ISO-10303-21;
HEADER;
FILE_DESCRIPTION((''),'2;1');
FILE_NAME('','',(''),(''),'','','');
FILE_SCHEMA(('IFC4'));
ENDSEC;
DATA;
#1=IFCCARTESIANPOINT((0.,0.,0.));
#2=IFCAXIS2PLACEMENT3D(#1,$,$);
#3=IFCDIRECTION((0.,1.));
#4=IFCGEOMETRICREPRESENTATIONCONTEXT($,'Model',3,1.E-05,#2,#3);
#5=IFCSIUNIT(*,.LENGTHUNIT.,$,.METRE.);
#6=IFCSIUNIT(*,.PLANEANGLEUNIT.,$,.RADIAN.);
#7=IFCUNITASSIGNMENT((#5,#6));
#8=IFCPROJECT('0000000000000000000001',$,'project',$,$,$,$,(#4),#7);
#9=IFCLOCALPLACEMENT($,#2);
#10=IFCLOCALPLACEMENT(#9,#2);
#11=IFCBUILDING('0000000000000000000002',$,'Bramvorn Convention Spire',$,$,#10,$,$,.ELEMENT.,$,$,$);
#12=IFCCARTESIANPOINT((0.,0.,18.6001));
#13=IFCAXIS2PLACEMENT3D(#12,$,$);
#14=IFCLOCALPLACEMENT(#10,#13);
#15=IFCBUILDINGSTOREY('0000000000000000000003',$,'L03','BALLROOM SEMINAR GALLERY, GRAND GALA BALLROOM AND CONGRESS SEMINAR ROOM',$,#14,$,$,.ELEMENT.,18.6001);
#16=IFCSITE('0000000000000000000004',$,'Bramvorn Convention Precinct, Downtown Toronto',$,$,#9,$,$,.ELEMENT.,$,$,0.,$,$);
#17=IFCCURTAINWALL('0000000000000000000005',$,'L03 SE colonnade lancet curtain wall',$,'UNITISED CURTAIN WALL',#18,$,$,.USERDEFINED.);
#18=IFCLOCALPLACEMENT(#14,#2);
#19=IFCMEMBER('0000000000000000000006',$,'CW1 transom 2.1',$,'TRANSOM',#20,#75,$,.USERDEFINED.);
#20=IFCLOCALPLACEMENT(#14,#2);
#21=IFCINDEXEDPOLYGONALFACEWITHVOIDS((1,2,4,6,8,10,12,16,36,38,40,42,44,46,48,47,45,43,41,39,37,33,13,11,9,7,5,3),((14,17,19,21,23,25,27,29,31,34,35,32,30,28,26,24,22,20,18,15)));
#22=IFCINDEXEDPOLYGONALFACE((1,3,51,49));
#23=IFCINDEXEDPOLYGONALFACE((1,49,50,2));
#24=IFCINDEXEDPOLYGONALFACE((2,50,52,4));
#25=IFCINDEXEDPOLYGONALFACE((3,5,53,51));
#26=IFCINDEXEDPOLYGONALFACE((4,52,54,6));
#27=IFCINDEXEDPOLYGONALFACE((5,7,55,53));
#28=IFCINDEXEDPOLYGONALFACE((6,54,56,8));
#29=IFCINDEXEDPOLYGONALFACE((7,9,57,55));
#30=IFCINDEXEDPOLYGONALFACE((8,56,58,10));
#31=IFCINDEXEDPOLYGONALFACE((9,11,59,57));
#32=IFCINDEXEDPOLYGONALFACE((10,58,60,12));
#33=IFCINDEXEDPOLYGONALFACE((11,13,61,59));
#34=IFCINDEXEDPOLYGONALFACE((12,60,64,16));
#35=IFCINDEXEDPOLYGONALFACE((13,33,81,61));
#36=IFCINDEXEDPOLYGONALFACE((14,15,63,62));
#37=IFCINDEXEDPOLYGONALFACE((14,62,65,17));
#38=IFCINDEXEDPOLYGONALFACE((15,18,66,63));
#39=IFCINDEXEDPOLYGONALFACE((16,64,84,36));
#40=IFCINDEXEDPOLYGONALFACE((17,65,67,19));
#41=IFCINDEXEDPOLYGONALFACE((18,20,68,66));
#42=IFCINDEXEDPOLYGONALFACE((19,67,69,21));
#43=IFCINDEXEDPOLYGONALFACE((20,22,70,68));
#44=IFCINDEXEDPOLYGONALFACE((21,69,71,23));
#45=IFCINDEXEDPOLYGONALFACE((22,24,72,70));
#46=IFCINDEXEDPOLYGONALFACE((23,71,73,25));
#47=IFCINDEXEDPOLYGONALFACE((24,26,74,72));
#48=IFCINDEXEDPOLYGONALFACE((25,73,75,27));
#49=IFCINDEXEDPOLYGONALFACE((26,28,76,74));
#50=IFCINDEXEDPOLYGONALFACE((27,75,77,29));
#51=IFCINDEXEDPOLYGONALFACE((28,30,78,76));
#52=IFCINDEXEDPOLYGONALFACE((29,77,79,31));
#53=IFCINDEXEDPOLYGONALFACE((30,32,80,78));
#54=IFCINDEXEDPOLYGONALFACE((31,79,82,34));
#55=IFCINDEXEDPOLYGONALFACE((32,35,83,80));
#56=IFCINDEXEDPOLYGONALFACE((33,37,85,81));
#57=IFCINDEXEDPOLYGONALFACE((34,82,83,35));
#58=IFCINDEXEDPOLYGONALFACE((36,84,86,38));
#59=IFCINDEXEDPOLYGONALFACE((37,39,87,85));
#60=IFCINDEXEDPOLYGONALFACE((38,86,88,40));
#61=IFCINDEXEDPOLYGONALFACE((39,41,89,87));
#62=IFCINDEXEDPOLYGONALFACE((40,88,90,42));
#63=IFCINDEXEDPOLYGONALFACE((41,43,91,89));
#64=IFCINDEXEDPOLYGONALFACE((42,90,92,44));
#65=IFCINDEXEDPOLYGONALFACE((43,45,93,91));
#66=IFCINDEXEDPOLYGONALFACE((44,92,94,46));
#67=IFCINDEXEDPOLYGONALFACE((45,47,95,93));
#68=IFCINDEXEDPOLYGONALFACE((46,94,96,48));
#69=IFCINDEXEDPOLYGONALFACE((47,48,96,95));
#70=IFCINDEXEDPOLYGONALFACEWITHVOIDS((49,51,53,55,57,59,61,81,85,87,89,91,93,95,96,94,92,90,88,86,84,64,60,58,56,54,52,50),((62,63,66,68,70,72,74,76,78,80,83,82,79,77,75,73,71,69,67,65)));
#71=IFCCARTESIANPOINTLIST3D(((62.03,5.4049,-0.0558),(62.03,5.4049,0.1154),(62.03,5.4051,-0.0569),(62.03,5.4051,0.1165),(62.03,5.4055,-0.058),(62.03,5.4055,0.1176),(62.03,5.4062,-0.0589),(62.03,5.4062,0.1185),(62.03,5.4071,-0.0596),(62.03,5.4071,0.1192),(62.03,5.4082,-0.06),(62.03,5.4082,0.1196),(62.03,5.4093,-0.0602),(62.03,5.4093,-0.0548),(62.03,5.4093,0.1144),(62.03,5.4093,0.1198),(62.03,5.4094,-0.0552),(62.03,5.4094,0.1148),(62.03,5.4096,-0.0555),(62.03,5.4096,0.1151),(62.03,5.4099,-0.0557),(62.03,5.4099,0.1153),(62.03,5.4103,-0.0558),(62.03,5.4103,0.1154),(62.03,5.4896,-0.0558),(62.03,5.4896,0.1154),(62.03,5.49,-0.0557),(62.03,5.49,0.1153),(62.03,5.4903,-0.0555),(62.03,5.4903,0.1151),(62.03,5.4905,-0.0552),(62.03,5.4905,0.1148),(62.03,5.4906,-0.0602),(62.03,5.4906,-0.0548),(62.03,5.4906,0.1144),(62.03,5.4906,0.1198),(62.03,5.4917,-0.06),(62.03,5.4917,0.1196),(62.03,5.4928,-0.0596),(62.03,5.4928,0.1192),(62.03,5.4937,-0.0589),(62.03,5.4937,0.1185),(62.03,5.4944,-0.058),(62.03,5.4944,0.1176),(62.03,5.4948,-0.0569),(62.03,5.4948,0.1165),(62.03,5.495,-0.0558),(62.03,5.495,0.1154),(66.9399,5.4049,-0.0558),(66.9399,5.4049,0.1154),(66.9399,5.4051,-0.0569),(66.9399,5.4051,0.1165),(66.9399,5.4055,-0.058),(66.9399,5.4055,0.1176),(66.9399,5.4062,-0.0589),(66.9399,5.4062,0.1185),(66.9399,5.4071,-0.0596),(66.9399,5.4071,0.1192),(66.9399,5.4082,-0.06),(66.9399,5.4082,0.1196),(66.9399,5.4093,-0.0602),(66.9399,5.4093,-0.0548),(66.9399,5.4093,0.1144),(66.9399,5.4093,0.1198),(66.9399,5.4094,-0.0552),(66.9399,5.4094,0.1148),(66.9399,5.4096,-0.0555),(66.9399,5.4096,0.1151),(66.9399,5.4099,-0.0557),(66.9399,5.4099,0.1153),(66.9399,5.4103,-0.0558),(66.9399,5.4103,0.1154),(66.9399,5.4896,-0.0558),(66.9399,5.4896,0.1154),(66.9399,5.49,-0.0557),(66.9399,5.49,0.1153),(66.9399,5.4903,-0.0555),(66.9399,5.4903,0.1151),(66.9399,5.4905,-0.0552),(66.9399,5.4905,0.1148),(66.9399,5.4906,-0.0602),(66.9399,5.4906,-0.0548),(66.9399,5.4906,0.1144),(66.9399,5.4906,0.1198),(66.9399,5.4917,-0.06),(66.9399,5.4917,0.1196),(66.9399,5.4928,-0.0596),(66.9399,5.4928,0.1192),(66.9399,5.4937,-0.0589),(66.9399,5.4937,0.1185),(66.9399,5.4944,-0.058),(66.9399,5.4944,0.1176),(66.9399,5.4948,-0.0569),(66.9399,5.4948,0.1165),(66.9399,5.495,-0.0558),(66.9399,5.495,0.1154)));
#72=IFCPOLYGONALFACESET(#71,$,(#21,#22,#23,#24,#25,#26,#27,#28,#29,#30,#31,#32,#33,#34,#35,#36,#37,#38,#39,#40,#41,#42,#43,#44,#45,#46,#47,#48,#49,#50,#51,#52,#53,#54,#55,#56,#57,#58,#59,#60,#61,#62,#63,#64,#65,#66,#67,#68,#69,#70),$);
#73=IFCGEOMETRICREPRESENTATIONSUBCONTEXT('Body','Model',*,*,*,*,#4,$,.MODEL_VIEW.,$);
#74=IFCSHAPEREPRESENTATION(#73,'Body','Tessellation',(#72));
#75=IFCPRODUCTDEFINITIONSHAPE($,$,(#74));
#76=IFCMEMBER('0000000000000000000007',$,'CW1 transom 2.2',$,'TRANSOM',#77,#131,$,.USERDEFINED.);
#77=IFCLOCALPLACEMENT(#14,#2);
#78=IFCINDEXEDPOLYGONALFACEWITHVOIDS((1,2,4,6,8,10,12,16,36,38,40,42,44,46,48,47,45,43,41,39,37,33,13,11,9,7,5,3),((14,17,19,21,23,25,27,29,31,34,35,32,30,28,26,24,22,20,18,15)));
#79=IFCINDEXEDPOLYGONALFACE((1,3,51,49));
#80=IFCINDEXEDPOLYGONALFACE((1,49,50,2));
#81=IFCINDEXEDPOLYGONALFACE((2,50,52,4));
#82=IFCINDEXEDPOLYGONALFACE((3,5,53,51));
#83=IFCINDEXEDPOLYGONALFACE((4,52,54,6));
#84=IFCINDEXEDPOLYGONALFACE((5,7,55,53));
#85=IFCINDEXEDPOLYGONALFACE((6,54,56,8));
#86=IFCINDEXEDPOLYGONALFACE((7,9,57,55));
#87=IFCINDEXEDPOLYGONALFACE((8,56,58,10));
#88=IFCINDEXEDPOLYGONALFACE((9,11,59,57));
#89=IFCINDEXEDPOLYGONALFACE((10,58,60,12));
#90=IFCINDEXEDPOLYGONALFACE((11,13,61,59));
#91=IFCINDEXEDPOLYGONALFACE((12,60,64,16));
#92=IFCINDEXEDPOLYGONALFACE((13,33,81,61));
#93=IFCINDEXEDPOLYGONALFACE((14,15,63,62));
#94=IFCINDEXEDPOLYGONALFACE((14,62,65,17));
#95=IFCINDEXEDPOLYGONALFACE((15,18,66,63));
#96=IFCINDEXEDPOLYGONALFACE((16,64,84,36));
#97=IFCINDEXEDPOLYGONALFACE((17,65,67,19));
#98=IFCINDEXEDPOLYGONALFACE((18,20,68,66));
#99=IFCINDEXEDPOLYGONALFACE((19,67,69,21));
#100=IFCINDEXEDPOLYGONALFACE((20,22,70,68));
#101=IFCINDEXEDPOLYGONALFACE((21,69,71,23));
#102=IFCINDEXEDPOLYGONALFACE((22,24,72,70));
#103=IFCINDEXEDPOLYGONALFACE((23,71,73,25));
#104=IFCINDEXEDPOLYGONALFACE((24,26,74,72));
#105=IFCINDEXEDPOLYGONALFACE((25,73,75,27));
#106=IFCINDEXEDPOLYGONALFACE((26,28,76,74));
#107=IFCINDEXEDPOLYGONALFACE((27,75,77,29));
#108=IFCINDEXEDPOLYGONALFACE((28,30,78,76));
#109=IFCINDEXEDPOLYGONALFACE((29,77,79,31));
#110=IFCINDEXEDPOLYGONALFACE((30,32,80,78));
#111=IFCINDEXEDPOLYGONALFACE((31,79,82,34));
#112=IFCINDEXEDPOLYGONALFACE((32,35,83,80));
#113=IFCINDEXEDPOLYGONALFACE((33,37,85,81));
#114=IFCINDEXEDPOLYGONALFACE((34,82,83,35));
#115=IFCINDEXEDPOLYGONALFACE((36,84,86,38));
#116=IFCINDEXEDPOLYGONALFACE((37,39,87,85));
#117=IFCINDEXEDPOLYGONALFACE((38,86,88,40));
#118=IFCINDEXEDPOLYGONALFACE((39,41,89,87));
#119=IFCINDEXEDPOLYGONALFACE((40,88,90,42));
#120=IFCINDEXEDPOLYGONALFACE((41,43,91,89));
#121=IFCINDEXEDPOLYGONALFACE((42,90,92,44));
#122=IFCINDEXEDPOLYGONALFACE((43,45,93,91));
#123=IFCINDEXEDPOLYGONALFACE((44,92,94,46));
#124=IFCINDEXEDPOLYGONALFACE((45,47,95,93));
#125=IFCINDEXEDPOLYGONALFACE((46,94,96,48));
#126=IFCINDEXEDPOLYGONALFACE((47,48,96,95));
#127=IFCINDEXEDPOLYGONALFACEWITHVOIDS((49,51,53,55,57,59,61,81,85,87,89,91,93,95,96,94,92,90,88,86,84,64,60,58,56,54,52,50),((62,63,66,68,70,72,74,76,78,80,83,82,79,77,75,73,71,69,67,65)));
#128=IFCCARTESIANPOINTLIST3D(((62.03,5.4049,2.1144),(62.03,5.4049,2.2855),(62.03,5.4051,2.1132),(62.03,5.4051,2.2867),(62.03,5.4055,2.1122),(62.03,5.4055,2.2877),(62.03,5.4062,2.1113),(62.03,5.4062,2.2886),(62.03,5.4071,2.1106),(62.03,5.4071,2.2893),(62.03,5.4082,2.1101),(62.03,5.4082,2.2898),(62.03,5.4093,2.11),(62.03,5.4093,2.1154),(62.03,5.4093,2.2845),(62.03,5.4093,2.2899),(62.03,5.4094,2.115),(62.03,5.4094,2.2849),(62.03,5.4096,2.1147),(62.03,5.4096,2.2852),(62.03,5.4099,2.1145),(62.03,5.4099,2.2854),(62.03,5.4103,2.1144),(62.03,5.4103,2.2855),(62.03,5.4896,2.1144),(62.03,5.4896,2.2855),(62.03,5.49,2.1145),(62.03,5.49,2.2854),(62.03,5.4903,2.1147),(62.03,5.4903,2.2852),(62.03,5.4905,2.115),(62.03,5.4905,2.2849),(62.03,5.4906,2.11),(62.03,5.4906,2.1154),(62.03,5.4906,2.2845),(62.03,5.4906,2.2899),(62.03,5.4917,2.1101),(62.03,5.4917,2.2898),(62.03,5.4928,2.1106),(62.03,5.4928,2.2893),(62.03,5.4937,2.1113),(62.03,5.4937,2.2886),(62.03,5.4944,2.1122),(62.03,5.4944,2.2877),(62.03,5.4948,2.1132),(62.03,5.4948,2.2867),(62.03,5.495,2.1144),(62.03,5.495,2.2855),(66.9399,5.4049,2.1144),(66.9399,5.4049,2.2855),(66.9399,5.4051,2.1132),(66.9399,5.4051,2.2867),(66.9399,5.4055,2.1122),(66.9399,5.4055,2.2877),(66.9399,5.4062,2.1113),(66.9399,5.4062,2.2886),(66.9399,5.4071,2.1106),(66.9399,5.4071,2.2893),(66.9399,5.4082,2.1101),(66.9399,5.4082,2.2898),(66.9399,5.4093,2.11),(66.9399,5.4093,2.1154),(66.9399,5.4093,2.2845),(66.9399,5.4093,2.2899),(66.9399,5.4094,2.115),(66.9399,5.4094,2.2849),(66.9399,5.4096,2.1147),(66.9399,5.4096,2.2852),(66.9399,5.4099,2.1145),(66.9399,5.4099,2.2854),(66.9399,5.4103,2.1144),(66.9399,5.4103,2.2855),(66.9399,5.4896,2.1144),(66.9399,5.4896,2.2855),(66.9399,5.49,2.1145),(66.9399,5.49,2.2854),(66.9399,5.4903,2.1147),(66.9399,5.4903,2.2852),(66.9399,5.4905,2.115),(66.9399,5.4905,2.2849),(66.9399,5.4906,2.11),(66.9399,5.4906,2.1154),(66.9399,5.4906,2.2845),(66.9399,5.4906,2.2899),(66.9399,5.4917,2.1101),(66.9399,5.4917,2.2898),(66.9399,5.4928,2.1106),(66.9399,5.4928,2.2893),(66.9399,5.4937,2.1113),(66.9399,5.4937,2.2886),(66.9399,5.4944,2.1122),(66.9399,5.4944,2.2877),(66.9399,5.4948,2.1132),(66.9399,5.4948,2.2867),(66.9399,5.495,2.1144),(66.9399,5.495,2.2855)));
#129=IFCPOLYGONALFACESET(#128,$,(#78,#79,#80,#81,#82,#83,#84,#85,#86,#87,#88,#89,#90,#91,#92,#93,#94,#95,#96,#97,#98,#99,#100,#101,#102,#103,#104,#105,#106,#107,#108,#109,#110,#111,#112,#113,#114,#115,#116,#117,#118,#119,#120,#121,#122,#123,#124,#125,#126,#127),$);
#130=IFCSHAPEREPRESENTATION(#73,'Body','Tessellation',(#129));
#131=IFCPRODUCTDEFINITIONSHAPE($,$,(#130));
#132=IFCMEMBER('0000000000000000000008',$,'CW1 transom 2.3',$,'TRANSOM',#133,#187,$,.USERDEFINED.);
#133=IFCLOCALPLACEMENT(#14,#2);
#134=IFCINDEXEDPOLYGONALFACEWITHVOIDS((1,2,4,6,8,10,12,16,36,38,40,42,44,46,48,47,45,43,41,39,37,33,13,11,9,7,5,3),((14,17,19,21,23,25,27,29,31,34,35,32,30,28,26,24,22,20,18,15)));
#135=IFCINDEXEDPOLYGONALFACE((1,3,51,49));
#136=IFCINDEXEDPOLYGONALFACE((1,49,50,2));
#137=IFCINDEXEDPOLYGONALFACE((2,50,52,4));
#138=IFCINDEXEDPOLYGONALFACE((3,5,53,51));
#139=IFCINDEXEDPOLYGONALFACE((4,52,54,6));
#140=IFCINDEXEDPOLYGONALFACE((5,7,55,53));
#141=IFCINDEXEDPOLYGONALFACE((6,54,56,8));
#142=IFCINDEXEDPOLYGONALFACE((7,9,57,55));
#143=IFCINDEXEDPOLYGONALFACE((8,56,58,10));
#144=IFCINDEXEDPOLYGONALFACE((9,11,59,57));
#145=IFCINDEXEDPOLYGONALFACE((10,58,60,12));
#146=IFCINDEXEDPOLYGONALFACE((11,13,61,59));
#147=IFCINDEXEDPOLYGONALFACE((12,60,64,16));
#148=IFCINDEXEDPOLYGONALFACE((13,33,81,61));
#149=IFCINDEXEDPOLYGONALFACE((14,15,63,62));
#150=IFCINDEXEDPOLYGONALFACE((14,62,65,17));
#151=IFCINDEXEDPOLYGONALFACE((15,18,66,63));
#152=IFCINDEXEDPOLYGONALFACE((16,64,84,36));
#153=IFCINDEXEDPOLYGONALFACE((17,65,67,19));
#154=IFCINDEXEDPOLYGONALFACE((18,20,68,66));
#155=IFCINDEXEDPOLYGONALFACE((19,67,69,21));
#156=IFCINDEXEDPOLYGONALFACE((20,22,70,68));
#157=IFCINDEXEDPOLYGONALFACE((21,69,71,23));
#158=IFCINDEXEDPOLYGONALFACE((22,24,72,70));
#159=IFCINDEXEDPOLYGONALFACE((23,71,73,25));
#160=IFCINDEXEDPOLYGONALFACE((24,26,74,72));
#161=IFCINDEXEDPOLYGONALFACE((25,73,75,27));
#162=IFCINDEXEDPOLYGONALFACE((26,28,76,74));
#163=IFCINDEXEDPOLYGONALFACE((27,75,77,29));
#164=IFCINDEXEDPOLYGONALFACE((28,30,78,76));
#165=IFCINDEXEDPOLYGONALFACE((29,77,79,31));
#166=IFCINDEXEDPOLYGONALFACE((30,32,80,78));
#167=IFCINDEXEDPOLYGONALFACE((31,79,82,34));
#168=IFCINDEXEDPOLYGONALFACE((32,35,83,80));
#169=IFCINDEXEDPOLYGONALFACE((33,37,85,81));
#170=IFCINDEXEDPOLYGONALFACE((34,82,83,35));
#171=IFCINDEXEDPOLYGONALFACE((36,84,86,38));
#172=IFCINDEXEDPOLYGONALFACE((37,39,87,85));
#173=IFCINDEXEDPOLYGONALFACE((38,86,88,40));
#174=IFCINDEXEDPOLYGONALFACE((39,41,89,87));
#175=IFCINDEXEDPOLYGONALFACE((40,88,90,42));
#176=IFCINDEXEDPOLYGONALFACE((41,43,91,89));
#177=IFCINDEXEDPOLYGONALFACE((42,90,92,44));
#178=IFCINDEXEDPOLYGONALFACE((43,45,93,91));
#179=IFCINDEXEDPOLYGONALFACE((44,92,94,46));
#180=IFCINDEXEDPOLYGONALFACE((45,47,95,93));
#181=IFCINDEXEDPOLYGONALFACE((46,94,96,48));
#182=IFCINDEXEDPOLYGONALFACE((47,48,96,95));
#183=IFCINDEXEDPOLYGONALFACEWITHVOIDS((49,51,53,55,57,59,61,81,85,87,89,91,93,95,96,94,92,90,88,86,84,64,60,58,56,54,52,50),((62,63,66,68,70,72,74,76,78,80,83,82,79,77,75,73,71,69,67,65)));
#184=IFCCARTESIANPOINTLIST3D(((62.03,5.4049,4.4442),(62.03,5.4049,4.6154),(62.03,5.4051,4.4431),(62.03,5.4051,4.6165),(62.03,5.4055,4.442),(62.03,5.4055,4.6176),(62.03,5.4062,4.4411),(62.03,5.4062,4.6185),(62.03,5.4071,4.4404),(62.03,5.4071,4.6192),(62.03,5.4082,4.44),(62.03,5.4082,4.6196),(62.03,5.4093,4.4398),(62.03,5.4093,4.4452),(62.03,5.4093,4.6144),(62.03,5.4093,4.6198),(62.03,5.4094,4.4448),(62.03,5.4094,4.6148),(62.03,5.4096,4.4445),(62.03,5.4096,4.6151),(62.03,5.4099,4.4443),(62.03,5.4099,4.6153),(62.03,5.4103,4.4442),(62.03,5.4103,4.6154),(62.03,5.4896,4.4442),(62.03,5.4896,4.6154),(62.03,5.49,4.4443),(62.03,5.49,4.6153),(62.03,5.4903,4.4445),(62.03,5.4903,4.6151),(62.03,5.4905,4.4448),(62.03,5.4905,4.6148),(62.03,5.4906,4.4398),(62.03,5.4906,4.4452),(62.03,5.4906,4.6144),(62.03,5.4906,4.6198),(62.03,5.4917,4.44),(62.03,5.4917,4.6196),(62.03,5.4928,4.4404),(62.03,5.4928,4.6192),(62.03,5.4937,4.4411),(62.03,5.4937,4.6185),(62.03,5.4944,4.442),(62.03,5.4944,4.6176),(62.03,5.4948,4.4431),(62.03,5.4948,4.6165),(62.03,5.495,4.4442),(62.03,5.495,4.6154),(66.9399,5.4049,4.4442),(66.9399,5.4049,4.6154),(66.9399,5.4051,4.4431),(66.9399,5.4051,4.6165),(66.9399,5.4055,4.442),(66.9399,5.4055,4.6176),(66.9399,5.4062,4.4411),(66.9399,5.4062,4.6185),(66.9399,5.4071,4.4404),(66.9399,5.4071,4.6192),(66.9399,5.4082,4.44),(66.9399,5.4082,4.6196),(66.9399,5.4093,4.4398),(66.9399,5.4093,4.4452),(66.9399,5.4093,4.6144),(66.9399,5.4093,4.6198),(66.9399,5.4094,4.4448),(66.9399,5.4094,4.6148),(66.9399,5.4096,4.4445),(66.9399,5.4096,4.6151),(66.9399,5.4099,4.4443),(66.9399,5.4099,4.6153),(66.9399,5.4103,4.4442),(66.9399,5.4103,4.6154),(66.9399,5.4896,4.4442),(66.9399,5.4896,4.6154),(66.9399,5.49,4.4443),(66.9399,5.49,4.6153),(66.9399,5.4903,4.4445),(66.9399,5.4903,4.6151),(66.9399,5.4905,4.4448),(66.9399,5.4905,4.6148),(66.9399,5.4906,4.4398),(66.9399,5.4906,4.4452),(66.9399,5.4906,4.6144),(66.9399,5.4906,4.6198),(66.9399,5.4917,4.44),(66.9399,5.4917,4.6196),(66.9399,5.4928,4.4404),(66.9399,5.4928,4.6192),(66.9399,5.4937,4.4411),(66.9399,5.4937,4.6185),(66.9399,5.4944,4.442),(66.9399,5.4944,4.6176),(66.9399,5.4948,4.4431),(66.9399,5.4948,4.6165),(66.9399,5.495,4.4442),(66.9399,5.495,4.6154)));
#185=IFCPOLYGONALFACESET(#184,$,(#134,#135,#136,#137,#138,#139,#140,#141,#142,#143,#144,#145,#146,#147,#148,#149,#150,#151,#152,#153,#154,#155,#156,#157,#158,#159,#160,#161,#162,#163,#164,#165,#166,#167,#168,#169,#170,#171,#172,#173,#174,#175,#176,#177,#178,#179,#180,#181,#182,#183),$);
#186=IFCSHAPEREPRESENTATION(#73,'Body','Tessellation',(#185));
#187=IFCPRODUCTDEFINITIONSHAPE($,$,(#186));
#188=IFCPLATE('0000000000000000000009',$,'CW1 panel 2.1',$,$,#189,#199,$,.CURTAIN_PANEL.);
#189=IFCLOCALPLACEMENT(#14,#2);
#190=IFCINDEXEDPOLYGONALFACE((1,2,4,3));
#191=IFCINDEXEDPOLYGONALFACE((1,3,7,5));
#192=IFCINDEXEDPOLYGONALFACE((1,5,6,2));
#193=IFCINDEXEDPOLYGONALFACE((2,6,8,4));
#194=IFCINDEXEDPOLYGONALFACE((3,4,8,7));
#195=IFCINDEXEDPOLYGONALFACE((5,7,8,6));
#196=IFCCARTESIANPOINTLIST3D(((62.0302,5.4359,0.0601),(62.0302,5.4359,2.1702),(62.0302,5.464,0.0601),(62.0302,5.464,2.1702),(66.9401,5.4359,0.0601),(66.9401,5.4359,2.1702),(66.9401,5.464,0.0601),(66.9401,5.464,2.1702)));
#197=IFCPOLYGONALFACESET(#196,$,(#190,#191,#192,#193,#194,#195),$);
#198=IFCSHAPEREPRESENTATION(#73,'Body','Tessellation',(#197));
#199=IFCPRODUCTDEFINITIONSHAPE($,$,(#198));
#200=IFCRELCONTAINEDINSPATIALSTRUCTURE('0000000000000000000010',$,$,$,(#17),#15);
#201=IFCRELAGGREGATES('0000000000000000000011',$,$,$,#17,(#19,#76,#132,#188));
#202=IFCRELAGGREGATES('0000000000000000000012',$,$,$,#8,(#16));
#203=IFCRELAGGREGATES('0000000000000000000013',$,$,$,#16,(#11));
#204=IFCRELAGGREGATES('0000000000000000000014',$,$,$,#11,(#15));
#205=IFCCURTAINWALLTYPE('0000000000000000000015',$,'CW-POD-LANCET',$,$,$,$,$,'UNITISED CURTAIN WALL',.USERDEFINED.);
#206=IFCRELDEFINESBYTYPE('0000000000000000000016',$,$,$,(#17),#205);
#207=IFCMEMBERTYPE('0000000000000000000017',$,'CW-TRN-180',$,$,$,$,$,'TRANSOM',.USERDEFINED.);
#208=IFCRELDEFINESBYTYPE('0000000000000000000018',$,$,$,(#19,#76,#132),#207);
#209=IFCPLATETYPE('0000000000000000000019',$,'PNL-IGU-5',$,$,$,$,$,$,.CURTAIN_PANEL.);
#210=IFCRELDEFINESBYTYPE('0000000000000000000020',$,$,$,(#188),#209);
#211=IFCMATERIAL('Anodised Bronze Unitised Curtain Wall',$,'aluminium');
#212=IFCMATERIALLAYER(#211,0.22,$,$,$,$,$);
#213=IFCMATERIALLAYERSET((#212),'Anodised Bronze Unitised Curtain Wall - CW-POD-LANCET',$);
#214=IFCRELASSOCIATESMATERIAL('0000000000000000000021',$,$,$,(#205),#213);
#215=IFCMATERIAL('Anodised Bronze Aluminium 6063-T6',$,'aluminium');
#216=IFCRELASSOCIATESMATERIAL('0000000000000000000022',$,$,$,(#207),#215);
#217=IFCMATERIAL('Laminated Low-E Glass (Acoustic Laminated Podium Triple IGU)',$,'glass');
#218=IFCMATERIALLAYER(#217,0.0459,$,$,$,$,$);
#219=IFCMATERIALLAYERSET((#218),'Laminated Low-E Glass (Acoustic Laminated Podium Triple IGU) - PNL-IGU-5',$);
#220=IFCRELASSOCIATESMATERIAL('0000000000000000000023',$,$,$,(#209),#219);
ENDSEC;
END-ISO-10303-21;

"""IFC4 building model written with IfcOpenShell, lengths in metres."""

from ifc_helpers import new_model, si_unit, direction, frame, origin, origin_2d, place, context, subcontext, project, spatial, rectangle, hollow_rectangle, extrude, material, layer, layer_set, material_profile, profile_set, type_object, element, aggregate, save


model = new_model("IFC4")

# Units and contexts
model_context = context("Model", 3, precision=1e-05, world=origin(), true_north=direction((0.0, 1.0)))
body_context = subcontext(model_context, "Body", "Model", "MODEL_VIEW")
ifc_project = project(units=[si_unit("LENGTHUNIT", "METRE"), si_unit("PLANEANGLEUNIT", "RADIAN")], contexts=[model_context])

# Site, building, storey
site_placement = place(None, origin())
site = spatial("IfcSite", under=ifc_project, at=site_placement, Name="Bramvorn Convention Precinct, Downtown Toronto", CompositionType="ELEMENT", RefElevation=0.0)
building_placement = place(site_placement, origin())
building = spatial("IfcBuilding", under=site, at=building_placement, Name="Bramvorn Convention Spire", CompositionType="ELEMENT")
storey_placement = place(building_placement, frame((0.0, 0.0, 18.6001)))
storey = spatial("IfcBuildingStorey", under=building, at=storey_placement, Name="L03", Description="BALLROOM SEMINAR GALLERY, GRAND GALA BALLROOM AND CONGRESS SEMINAR ROOM", CompositionType="ELEMENT", Elevation=18.6001)

# Curtain wall, members, plate
ifc_material_1 = material(Name="Anodised Bronze Unitised Curtain Wall", Category="aluminium")
ifc_layer_1 = layer(ifc_material_1, 0.22)
ifc_layer_set_1 = layer_set([ifc_layer_1], Name="Anodised Bronze Unitised Curtain Wall - CW-POD-LANCET")
curtain_wall_type = type_object("IfcCurtainWallType", Name="CW-POD-LANCET", ElementType="UNITISED CURTAIN WALL", PredefinedType="USERDEFINED", material=ifc_layer_set_1)
curtain_wall_placement = place(storey_placement, origin())
curtain_wall = element("IfcCurtainWall", 1, at=curtain_wall_placement, inside=storey, type_object=curtain_wall_type, Name="L03 SE colonnade lancet curtain wall", ObjectType="UNITISED CURTAIN WALL", PredefinedType="USERDEFINED")
ifc_material_2 = material(Name="Anodised Bronze Aluminium 6063-T6", Category="aluminium")
ifc_material_profile_1 = material_profile(ifc_material_2, hollow_rectangle(XDim=0.0901, YDim=0.1799, WallThickness=0.0044, InnerFilletRadius=0.001, OuterFilletRadius=0.0044, at=origin_2d()))
ifc_profile_set_1 = profile_set([ifc_material_profile_1], Name="Anodised Bronze Aluminium 6063-T6 - CWT90X180")
member_type_1 = type_object("IfcMemberType", Name="CW-TRN-180", ElementType="TRANSOM", PredefinedType="USERDEFINED", material=ifc_profile_set_1)
member_1_placement = place(storey_placement, frame((62.03, 5.45, 0.0298), z_axis=(1.0, 0.0, 0.0), x_axis=(0.0, 1.0, 0.0)))
member_1 = element("IfcMember", 2, at=member_1_placement, type_object=member_type_1, Name="CW1 transom 2.1", ObjectType="TRANSOM", PredefinedType="USERDEFINED", context=body_context, shape_type="SweptSolid", body=[
    extrude(hollow_rectangle(XDim=0.0901, YDim=0.1799, WallThickness=0.0044, InnerFilletRadius=0.001, OuterFilletRadius=0.0044, at=origin_2d()), origin(), (0.0, 0.0, 1.0), 4.9099),
])
member_2_placement = place(storey_placement, frame((62.03, 5.45, 2.2), z_axis=(1.0, 0.0, 0.0), x_axis=(0.0, 1.0, 0.0)))
member_2 = element("IfcMember", 3, at=member_2_placement, type_object=member_type_1, Name="CW1 transom 2.2", ObjectType="TRANSOM", PredefinedType="USERDEFINED", context=body_context, shape_type="SweptSolid", body=[
    extrude(hollow_rectangle(XDim=0.0901, YDim=0.1799, WallThickness=0.0044, InnerFilletRadius=0.001, OuterFilletRadius=0.0044, at=origin_2d()), origin(), (0.0, 0.0, 1.0), 4.9099),
])
member_3_placement = place(storey_placement, frame((62.03, 5.45, 4.5298), z_axis=(1.0, 0.0, 0.0), x_axis=(0.0, 1.0, 0.0)))
member_3 = element("IfcMember", 4, at=member_3_placement, type_object=member_type_1, Name="CW1 transom 2.3", ObjectType="TRANSOM", PredefinedType="USERDEFINED", context=body_context, shape_type="SweptSolid", body=[
    extrude(hollow_rectangle(XDim=0.0901, YDim=0.1799, WallThickness=0.0044, InnerFilletRadius=0.001, OuterFilletRadius=0.0044, at=origin_2d()), origin(), (0.0, 0.0, 1.0), 4.9099),
])
ifc_material_3 = material(Name="Laminated Low-E Glass (Acoustic Laminated Podium Triple IGU)", Category="glass")
ifc_layer_2 = layer(ifc_material_3, 0.0459)
ifc_layer_set_2 = layer_set([ifc_layer_2], Name="Laminated Low-E Glass (Acoustic Laminated Podium Triple IGU) - PNL-IGU-5")
plate_type = type_object("IfcPlateType", Name="PNL-IGU-5", PredefinedType="CURTAIN_PANEL", material=ifc_layer_set_2)
plate_1_placement = place(storey_placement, frame((64.4851, 5.45, 0.0601), z_axis=(0.0, 0.0, 1.0), x_axis=(1.0, 0.0, 0.0)))
plate_1 = element("IfcPlate", 5, at=plate_1_placement, type_object=plate_type, Name="CW1 panel 2.1", PredefinedType="CURTAIN_PANEL", context=body_context, shape_type="SweptSolid", body=[
    extrude(rectangle(XDim=4.9099, YDim=0.0281, at=origin_2d()), origin(), (0.0, 0.0, 1.0), 2.1101),
])
aggregate(curtain_wall, [member_1, member_2, member_3, plate_1])

save(model, "model.ifc")
